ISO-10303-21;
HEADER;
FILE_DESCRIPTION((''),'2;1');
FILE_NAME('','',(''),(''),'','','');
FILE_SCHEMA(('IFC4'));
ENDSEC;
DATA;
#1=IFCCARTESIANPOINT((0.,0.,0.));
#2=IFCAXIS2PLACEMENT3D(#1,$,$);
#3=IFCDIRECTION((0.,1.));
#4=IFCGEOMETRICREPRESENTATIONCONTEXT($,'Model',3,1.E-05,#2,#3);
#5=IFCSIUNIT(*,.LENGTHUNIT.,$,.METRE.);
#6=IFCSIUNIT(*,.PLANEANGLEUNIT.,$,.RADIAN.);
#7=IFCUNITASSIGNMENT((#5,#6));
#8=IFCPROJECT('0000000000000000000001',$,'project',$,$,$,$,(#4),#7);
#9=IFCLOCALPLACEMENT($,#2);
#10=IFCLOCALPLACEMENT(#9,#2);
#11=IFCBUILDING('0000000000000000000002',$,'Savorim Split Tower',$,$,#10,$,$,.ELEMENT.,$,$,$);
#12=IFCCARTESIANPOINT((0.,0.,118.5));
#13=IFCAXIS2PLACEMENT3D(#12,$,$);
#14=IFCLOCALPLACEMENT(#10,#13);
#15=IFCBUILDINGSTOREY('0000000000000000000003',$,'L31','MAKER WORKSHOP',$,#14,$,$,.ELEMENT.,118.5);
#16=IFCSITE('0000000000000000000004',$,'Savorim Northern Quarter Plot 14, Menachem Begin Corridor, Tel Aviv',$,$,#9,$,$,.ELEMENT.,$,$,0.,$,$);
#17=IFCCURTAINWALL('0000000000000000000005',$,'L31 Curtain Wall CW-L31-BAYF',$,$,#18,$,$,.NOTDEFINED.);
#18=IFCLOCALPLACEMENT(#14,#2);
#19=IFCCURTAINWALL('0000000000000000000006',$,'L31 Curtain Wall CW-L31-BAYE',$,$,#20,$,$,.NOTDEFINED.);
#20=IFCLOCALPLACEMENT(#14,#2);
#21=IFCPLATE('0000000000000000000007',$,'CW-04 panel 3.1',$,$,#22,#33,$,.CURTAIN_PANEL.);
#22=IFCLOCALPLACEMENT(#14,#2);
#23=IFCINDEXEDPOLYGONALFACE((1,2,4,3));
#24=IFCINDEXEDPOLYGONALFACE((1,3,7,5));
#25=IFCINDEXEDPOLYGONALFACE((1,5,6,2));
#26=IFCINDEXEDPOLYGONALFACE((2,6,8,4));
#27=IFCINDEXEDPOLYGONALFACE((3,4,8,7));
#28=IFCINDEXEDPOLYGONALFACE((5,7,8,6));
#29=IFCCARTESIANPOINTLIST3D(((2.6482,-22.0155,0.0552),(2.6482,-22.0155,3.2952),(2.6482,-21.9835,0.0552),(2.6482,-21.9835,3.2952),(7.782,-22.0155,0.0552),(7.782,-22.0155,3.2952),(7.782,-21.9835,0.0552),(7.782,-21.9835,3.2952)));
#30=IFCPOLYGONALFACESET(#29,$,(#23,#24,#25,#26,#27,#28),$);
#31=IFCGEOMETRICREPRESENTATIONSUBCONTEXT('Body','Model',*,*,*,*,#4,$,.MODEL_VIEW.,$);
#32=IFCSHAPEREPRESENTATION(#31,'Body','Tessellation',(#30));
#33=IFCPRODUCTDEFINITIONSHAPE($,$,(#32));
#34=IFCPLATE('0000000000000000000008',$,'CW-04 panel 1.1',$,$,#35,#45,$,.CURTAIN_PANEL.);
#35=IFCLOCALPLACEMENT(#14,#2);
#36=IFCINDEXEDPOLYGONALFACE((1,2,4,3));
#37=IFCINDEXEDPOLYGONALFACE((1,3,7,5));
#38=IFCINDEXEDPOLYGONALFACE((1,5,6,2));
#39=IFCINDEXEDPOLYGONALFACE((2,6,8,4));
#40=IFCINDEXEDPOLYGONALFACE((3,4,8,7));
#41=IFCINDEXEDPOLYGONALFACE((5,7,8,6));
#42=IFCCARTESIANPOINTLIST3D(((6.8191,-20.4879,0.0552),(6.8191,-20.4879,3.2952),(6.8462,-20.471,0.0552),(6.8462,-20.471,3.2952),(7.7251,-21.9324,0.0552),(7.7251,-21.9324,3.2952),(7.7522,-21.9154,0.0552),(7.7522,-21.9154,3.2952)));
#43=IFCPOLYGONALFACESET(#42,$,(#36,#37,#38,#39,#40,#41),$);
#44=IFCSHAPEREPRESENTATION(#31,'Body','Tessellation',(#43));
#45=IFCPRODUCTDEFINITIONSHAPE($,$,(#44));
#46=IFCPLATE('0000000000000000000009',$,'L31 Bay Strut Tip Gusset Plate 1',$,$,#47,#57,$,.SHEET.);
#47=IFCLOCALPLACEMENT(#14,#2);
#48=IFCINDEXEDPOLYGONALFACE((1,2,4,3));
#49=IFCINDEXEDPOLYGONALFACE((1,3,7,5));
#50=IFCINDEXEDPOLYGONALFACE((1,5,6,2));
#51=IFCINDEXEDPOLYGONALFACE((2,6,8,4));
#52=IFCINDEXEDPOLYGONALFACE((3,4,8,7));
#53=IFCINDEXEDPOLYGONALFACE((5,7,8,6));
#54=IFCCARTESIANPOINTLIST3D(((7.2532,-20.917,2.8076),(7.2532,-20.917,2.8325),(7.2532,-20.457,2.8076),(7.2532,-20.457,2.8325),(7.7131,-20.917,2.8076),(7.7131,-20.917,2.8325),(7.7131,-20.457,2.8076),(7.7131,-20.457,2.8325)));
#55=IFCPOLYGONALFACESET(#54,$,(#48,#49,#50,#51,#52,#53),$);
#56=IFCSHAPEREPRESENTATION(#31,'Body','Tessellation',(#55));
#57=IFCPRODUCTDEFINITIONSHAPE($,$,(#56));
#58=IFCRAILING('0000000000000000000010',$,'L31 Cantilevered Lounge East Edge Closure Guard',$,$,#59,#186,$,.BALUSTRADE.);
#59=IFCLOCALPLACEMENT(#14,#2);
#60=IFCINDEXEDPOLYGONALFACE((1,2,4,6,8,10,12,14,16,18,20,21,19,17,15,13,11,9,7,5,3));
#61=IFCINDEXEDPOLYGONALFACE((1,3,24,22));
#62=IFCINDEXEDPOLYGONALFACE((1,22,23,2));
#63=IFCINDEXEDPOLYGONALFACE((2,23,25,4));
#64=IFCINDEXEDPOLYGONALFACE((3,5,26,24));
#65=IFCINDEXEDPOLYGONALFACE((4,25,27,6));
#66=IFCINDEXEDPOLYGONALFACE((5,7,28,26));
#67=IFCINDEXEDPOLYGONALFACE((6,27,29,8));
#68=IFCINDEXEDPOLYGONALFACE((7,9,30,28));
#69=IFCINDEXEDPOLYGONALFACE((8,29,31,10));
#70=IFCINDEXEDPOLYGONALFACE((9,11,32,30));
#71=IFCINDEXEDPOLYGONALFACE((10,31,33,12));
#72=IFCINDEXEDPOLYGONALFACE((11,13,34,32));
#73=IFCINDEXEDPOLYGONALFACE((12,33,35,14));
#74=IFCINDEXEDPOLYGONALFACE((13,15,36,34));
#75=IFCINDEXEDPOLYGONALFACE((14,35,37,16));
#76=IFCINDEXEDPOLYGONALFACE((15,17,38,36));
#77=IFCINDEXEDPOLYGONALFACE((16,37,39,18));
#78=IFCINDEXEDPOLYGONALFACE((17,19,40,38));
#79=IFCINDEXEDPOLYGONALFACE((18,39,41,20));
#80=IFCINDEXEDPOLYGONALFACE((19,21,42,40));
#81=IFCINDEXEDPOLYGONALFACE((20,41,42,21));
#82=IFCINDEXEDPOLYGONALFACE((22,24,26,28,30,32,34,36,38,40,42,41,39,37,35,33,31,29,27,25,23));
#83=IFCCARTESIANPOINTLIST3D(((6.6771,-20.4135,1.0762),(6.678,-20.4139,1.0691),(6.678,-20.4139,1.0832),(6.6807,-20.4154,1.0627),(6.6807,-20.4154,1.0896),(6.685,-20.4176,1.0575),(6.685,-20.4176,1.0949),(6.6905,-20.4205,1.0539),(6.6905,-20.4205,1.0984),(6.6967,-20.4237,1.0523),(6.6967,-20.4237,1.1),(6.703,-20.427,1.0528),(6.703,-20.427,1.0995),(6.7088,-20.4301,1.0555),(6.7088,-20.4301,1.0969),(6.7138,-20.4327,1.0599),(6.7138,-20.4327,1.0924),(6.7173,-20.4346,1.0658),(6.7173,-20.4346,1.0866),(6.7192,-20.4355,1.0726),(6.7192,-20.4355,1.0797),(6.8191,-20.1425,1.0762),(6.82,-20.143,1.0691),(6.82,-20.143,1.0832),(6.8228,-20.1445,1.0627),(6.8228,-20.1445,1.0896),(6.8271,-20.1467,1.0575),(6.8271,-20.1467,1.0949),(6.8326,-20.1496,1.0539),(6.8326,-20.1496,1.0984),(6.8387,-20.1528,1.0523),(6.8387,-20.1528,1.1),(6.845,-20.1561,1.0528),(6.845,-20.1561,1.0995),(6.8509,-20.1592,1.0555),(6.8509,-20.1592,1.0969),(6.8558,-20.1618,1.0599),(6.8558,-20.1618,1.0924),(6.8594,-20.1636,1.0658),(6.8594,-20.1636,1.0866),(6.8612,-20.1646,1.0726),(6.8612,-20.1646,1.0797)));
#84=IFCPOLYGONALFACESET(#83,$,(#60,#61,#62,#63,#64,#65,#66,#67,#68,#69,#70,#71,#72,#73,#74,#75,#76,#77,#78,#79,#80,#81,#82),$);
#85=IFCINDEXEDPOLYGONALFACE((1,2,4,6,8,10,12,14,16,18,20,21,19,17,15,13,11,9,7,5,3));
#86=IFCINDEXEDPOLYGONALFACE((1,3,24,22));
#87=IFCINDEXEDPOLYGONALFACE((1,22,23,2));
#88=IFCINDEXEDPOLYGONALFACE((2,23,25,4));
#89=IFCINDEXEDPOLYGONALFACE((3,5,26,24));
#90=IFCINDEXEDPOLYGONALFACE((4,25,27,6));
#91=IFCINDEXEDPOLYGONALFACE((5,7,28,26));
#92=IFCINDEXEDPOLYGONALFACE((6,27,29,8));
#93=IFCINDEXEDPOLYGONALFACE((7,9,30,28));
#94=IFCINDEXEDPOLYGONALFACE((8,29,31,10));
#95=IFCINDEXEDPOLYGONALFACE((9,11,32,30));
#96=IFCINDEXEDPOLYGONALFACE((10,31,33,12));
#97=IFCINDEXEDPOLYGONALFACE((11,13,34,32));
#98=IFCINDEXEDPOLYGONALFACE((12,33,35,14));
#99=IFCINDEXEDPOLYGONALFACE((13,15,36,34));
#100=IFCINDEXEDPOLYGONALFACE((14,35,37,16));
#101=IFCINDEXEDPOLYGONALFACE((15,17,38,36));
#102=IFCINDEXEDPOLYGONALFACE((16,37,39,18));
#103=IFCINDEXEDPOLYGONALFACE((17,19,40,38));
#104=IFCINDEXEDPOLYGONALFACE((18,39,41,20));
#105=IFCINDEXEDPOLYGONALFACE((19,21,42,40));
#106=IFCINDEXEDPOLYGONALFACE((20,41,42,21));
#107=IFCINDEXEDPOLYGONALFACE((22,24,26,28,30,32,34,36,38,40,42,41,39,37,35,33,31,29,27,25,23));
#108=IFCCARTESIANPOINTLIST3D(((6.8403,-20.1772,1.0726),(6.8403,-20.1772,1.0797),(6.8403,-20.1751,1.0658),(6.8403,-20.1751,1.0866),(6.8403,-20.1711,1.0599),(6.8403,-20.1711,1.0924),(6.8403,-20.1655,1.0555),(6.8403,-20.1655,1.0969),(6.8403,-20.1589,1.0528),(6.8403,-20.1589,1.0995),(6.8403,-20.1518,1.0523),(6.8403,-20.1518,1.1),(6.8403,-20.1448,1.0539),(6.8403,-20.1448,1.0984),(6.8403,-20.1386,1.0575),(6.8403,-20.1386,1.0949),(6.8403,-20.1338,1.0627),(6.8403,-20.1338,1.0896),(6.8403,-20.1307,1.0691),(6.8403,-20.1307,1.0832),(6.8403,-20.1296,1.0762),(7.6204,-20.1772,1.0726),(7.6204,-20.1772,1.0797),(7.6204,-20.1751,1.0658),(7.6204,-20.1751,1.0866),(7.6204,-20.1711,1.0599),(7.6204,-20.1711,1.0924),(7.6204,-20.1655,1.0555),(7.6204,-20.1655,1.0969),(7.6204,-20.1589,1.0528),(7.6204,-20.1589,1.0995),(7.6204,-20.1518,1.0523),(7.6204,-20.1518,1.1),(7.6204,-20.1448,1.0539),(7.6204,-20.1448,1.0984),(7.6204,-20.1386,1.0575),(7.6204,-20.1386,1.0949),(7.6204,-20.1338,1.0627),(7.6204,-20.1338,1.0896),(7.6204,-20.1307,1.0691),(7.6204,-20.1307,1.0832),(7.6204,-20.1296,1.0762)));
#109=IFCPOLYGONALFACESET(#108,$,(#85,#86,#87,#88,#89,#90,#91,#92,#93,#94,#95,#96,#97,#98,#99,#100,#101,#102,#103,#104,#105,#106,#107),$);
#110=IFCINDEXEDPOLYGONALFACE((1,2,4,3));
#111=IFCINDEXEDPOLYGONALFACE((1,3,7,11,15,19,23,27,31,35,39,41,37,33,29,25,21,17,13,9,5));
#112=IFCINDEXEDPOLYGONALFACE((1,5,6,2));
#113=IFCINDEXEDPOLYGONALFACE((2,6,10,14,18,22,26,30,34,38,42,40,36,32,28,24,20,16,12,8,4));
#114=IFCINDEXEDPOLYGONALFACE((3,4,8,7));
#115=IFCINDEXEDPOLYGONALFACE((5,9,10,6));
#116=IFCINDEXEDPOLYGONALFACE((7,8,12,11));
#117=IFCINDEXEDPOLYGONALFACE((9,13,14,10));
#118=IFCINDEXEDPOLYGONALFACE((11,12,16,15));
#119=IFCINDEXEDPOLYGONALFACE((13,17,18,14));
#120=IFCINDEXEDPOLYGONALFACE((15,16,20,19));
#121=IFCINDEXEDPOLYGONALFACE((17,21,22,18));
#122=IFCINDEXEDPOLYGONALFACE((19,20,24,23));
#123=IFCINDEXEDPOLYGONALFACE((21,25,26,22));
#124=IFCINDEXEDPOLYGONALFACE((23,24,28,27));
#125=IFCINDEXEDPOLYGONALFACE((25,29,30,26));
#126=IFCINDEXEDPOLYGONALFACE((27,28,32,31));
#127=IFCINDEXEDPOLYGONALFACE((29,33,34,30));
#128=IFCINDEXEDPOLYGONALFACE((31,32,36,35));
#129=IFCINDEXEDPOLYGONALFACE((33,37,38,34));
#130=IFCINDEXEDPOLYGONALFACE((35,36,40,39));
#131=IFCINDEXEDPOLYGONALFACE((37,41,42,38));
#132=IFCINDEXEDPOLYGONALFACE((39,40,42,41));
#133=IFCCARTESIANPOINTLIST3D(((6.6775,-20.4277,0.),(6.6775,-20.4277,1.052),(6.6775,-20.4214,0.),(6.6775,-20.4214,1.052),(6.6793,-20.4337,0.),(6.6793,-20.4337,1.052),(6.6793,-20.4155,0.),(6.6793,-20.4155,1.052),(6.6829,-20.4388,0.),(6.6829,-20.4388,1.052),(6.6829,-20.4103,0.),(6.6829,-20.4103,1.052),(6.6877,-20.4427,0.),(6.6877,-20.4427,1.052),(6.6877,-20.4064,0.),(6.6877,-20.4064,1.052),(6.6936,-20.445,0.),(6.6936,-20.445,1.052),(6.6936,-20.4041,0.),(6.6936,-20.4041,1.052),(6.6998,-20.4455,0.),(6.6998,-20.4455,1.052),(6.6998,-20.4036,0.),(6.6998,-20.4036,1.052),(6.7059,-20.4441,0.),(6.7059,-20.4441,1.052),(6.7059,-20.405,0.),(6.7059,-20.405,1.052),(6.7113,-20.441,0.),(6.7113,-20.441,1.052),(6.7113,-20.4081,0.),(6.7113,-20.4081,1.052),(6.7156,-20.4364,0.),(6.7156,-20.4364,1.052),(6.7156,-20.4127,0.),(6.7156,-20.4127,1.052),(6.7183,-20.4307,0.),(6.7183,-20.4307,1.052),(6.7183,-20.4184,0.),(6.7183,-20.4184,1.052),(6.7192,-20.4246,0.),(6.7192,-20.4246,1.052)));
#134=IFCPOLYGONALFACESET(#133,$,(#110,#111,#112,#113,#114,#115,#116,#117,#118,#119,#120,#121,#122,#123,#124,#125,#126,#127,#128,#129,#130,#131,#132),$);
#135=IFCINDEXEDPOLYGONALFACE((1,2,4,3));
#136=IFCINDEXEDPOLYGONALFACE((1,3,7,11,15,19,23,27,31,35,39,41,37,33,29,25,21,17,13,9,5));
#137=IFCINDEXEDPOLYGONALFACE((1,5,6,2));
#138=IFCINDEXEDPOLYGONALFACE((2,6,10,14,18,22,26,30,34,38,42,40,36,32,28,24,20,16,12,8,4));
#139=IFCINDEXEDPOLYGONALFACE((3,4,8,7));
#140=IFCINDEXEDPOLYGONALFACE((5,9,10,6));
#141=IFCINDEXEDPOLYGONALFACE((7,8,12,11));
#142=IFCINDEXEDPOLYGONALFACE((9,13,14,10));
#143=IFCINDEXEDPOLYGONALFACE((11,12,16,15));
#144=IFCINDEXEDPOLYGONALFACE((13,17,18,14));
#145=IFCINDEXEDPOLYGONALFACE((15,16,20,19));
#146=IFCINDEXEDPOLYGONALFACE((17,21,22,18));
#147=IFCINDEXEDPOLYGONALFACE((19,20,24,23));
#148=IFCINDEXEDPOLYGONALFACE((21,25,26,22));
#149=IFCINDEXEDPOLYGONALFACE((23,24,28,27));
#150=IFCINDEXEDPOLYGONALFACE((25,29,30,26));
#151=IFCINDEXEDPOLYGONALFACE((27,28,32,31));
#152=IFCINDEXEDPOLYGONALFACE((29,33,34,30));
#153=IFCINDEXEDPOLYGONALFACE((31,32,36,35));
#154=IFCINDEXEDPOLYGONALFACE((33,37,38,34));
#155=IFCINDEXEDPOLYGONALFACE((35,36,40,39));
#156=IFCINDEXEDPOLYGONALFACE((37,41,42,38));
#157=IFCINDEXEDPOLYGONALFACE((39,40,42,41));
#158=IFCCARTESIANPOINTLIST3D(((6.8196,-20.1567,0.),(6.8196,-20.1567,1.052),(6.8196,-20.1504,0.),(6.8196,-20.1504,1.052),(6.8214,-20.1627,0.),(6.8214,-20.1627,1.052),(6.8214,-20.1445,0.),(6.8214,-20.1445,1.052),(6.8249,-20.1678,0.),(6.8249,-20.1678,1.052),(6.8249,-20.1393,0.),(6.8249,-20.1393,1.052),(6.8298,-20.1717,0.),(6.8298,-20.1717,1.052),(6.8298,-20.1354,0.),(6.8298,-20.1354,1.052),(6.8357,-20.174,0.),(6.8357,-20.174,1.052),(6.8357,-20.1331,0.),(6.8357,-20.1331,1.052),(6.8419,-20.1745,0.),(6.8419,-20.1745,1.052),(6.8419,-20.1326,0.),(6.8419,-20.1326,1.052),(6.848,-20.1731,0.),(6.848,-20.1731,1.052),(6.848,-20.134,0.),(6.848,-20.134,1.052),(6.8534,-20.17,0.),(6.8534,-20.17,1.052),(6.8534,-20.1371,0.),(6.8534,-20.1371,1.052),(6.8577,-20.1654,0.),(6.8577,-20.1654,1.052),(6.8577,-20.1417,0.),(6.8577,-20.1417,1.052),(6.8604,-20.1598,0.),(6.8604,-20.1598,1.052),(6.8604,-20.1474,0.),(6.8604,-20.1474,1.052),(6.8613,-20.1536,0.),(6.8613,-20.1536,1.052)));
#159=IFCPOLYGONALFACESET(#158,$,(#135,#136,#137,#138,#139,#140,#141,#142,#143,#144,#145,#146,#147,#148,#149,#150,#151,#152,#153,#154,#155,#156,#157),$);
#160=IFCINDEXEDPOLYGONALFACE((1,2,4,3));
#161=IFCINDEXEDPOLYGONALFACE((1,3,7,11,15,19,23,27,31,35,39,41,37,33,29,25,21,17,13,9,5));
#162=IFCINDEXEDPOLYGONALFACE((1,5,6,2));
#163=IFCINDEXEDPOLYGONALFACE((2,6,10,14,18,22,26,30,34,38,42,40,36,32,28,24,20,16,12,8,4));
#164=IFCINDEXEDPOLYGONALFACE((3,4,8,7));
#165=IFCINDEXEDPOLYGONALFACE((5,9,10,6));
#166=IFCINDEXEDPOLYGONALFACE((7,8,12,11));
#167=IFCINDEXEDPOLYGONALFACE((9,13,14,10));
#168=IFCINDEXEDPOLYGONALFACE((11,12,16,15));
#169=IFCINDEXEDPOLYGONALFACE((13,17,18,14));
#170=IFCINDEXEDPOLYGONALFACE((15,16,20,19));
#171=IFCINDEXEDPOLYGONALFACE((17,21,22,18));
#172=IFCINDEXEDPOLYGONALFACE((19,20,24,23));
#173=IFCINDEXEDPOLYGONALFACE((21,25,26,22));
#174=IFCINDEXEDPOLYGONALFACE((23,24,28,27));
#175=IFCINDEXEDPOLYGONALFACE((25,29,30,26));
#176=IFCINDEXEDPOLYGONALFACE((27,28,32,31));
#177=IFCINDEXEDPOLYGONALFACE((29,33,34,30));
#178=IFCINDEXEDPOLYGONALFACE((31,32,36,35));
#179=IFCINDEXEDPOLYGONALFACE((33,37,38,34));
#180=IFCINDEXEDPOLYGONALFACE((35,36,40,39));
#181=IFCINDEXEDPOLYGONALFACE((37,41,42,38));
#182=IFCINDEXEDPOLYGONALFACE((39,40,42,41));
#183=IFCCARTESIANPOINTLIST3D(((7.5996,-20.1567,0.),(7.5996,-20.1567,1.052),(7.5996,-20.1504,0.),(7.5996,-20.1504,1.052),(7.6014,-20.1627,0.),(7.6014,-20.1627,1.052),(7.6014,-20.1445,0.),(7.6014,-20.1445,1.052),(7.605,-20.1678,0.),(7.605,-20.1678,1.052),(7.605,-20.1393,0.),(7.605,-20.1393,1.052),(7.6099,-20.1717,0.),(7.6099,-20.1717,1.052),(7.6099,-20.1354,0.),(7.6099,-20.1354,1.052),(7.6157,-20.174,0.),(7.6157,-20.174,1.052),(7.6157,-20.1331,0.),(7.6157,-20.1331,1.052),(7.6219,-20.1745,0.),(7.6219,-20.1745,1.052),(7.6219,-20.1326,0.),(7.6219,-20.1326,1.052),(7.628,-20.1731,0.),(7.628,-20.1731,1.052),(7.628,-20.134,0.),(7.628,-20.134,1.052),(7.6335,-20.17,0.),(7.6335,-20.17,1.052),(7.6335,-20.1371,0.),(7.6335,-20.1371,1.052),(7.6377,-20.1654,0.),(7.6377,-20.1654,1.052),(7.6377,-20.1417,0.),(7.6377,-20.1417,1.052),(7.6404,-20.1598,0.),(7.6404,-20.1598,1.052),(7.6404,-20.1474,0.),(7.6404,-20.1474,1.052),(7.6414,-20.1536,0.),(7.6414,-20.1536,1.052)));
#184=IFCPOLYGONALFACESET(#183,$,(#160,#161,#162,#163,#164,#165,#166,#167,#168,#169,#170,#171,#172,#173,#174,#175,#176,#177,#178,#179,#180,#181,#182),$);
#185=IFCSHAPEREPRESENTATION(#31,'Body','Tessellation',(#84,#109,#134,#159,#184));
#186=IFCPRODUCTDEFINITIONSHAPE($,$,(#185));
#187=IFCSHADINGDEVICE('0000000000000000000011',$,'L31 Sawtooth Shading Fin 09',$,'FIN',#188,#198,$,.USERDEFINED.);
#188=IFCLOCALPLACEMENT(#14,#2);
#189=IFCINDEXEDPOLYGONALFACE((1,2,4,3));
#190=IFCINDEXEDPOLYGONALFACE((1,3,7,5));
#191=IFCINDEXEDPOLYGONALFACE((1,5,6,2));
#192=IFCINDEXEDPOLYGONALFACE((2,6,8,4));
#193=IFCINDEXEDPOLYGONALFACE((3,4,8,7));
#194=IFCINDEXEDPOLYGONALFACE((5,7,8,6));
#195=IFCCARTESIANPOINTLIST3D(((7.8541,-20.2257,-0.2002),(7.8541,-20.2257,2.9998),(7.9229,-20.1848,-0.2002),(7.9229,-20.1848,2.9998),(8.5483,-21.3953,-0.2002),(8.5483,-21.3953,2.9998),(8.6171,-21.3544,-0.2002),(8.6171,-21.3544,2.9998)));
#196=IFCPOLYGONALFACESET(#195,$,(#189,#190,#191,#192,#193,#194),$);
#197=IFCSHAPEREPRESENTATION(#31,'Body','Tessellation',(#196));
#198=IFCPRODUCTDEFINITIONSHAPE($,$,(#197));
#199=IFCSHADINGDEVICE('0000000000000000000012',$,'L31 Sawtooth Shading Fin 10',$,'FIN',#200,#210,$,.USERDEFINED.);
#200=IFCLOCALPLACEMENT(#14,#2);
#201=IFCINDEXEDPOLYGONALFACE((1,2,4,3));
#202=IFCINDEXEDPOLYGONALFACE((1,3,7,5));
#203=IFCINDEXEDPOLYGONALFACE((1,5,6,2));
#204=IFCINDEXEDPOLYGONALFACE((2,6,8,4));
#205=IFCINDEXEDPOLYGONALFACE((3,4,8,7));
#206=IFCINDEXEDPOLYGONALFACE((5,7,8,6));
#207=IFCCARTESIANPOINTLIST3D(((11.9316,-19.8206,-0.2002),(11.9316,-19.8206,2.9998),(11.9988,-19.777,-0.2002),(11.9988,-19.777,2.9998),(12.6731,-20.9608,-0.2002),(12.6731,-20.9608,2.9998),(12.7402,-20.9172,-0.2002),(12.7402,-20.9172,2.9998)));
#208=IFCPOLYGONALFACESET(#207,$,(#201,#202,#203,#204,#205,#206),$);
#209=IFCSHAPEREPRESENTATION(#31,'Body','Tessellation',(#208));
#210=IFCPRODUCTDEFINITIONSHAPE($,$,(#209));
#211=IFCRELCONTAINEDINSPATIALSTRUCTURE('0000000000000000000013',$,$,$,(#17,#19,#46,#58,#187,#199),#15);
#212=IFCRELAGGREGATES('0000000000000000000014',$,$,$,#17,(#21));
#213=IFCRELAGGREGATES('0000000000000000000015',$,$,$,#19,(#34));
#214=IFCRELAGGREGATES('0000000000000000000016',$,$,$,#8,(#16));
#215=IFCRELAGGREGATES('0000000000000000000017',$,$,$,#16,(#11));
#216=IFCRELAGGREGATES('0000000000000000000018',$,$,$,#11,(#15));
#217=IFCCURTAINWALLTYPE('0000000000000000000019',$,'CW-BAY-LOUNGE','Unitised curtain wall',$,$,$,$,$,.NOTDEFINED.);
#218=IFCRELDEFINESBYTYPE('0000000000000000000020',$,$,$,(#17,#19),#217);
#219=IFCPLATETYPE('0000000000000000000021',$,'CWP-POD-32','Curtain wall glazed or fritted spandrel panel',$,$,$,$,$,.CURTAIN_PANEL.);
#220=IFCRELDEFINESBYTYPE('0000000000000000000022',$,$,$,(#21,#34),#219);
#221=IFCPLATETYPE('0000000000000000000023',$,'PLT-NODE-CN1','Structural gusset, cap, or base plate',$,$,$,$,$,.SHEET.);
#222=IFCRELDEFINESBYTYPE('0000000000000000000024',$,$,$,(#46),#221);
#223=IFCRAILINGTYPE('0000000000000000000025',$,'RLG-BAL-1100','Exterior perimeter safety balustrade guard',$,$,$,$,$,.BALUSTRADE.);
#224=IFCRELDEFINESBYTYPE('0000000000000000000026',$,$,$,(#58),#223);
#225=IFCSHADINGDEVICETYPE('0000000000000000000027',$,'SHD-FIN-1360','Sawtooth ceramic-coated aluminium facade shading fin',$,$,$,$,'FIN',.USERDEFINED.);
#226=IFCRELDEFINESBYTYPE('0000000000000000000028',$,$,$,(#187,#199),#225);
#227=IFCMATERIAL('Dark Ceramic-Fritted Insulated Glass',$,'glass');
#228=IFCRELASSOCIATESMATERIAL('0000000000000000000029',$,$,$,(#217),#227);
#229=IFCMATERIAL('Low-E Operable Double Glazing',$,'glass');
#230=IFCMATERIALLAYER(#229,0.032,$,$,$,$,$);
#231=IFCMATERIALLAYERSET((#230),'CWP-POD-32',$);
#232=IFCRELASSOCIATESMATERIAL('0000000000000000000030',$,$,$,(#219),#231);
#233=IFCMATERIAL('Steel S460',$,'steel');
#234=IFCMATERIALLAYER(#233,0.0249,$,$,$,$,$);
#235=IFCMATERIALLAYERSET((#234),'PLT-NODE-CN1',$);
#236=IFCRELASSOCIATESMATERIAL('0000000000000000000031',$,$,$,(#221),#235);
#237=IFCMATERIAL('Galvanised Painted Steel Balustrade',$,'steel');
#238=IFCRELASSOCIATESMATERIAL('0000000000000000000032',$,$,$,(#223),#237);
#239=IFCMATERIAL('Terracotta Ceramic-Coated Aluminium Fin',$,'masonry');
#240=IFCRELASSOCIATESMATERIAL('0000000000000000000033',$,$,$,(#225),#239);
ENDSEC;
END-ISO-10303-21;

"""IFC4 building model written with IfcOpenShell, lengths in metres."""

from ifc_helpers import new_model, si_unit, direction, frame, origin, origin_2d, place, context, subcontext, project, spatial, rectangle, circle, extrude, material, layer, layer_set, type_object, element, aggregate, save


model = new_model("IFC4")

# Units and contexts
model_context = context("Model", 3, precision=1e-05, world=origin(), true_north=direction((0.0, 1.0)))
body_context = subcontext(model_context, "Body", "Model", "MODEL_VIEW")
ifc_project = project(units=[si_unit("LENGTHUNIT", "METRE"), si_unit("PLANEANGLEUNIT", "RADIAN")], contexts=[model_context])

# Site, building, storey
site_placement = place(None, origin())
site = spatial("IfcSite", under=ifc_project, at=site_placement, Name="Savorim Northern Quarter Plot 14, Menachem Begin Corridor, Tel Aviv", CompositionType="ELEMENT", RefElevation=0.0)
building_placement = place(site_placement, origin())
building = spatial("IfcBuilding", under=site, at=building_placement, Name="Savorim Split Tower", CompositionType="ELEMENT")
storey_placement = place(building_placement, frame((0.0, 0.0, 118.5)))
storey = spatial("IfcBuildingStorey", under=building, at=storey_placement, Name="L31", Description="MAKER WORKSHOP", CompositionType="ELEMENT", Elevation=118.5)

# Shared definitions
ifc_material_1 = material(Name="Dark Ceramic-Fritted Insulated Glass", Category="glass")

# Curtain walls
curtain_wall_type_1 = type_object("IfcCurtainWallType", Name="CW-BAY-LOUNGE", Description="Unitised curtain wall", PredefinedType="NOTDEFINED", material=ifc_material_1)
curtain_wall_1_placement = place(storey_placement, origin())
curtain_wall_1 = element("IfcCurtainWall", 1, at=curtain_wall_1_placement, inside=storey, type_object=curtain_wall_type_1, Name="L31 Curtain Wall CW-L31-BAYF", PredefinedType="NOTDEFINED")
curtain_wall_2_placement = place(storey_placement, origin())
curtain_wall_2 = element("IfcCurtainWall", 2, at=curtain_wall_2_placement, inside=storey, type_object=curtain_wall_type_1, Name="L31 Curtain Wall CW-L31-BAYE", PredefinedType="NOTDEFINED")

# Plates
ifc_material_2 = material(Name="Low-E Operable Double Glazing", Category="glass")
ifc_layer_1 = layer(ifc_material_2, 0.032)
ifc_layer_set_1 = layer_set([ifc_layer_1], Name="CWP-POD-32")
plate_type_1 = type_object("IfcPlateType", Name="CWP-POD-32", Description="Curtain wall glazed or fritted spandrel panel", PredefinedType="CURTAIN_PANEL", material=ifc_layer_set_1)
plate_1_placement = place(storey_placement, frame((5.2151, -21.9995, 0.0552), z_axis=(0.0, 0.0, 1.0), x_axis=(1.0, 0.0, 0.0)))
plate_1 = element("IfcPlate", 3, at=plate_1_placement, type_object=plate_type_1, Name="CW-04 panel 3.1", PredefinedType="CURTAIN_PANEL", context=body_context, shape_type="SweptSolid", body=[
    extrude(rectangle(XDim=5.1338, YDim=0.032, at=origin_2d()), origin(), (0.0, 0.0, 1.0), 3.24),
])
aggregate(curtain_wall_1, [plate_1])
plate_2_placement = place(storey_placement, frame((7.2856, -21.2017, 0.0552), z_axis=(0.0, 0.0, 1.0), x_axis=(-0.531384, 0.847131, 0.0)))
plate_2 = element("IfcPlate", 4, at=plate_2_placement, type_object=plate_type_1, Name="CW-04 panel 1.1", PredefinedType="CURTAIN_PANEL", context=body_context, shape_type="SweptSolid", body=[
    extrude(rectangle(XDim=1.7051, YDim=0.032, at=origin_2d()), origin(), (0.0, 0.0, 1.0), 3.24),
])
aggregate(curtain_wall_2, [plate_2])
ifc_material_3 = material(Name="Steel S460", Category="steel")
ifc_layer_2 = layer(ifc_material_3, 0.0249)
ifc_layer_set_2 = layer_set([ifc_layer_2], Name="PLT-NODE-CN1")
plate_type_2 = type_object("IfcPlateType", Name="PLT-NODE-CN1", Description="Structural gusset, cap, or base plate", PredefinedType="SHEET", material=ifc_layer_set_2)
plate_3_placement = place(storey_placement, frame((7.4832, -20.687, 2.8076), z_axis=(0.0, 0.0, 1.0), x_axis=(1.0, 0.0, 0.0)))
element("IfcPlate", 5, at=plate_3_placement, inside=storey, type_object=plate_type_2, Name="L31 Bay Strut Tip Gusset Plate 1", PredefinedType="SHEET", context=body_context, shape_type="SweptSolid", body=[
    extrude(rectangle(XDim=0.46, YDim=0.46, at=origin_2d()), origin(), (0.0, 0.0, 1.0), 0.0249),
])

# Railing
ifc_material_4 = material(Name="Galvanised Painted Steel Balustrade", Category="steel")
railing_type = type_object("IfcRailingType", Name="RLG-BAL-1100", Description="Exterior perimeter safety balustrade guard", PredefinedType="BALUSTRADE", material=ifc_material_4)
railing_placement = place(storey_placement, frame((6.6982, -20.4246, 0.0)))
element("IfcRailing", 6, at=railing_placement, inside=storey, type_object=railing_type, Name="L31 Cantilevered Lounge East Edge Closure Guard", PredefinedType="BALUSTRADE", context=body_context, shape_type="SweptSolid", body=[
    extrude(circle(Radius=0.0239, at=origin_2d()), frame((0.0, 0.0, 1.0762), z_axis=(0.464365, 0.885644, 0.0), x_axis=(-0.885644, 0.464365, 0.0)), (0.0, 0.0, 1.0), 0.3059),
    extrude(circle(Radius=0.0239, at=origin_2d()), frame((0.1421, 0.271, 1.0762), z_axis=(1.0, 0.0, 0.0), x_axis=(0.0, 1.0, 0.0)), (0.0, 0.0, 1.0), 0.78),
    extrude(circle(Radius=0.021, at=origin_2d()), origin(), (0.0, 0.0, 1.0), 1.052),
    extrude(circle(Radius=0.021, at=origin_2d()), frame((0.1421, 0.271, 0.0)), (0.0, 0.0, 1.0), 1.052),
    extrude(circle(Radius=0.021, at=origin_2d()), frame((0.9221, 0.271, 0.0)), (0.0, 0.0, 1.0), 1.052),
])

# Shading devices
ifc_material_5 = material(Name="Terracotta Ceramic-Coated Aluminium Fin", Category="masonry")
shading_device_type = type_object("IfcShadingDeviceType", Name="SHD-FIN-1360", Description="Sawtooth ceramic-coated aluminium facade shading fin", ElementType="FIN", PredefinedType="USERDEFINED", material=ifc_material_5)
for number, where, z_axis, x_axis, name in (
    (7, (8.2356, -20.79, -0.2002), (0.0, 0.0, 1.0), (0.510391, -0.859942, 0.0), "L31 Sawtooth Shading Fin 09"),
    (8, (12.3359, -20.3689, -0.2002), (0.0, 0.0, 1.0), (0.545148, -0.83834, 0.0), "L31 Sawtooth Shading Fin 10"),
):
    element("IfcShadingDevice", number, at=place(storey_placement, frame(where, z_axis=z_axis, x_axis=x_axis)), inside=storey, type_object=shading_device_type, Name=name, ObjectType="FIN", PredefinedType="USERDEFINED", context=body_context, shape_type="SweptSolid", body=[
        extrude(rectangle(XDim=1.3601, YDim=0.0801, at=origin_2d()), origin(), (0.0, 0.0, 1.0), 3.2),
    ])

save(model, "model.ifc")
